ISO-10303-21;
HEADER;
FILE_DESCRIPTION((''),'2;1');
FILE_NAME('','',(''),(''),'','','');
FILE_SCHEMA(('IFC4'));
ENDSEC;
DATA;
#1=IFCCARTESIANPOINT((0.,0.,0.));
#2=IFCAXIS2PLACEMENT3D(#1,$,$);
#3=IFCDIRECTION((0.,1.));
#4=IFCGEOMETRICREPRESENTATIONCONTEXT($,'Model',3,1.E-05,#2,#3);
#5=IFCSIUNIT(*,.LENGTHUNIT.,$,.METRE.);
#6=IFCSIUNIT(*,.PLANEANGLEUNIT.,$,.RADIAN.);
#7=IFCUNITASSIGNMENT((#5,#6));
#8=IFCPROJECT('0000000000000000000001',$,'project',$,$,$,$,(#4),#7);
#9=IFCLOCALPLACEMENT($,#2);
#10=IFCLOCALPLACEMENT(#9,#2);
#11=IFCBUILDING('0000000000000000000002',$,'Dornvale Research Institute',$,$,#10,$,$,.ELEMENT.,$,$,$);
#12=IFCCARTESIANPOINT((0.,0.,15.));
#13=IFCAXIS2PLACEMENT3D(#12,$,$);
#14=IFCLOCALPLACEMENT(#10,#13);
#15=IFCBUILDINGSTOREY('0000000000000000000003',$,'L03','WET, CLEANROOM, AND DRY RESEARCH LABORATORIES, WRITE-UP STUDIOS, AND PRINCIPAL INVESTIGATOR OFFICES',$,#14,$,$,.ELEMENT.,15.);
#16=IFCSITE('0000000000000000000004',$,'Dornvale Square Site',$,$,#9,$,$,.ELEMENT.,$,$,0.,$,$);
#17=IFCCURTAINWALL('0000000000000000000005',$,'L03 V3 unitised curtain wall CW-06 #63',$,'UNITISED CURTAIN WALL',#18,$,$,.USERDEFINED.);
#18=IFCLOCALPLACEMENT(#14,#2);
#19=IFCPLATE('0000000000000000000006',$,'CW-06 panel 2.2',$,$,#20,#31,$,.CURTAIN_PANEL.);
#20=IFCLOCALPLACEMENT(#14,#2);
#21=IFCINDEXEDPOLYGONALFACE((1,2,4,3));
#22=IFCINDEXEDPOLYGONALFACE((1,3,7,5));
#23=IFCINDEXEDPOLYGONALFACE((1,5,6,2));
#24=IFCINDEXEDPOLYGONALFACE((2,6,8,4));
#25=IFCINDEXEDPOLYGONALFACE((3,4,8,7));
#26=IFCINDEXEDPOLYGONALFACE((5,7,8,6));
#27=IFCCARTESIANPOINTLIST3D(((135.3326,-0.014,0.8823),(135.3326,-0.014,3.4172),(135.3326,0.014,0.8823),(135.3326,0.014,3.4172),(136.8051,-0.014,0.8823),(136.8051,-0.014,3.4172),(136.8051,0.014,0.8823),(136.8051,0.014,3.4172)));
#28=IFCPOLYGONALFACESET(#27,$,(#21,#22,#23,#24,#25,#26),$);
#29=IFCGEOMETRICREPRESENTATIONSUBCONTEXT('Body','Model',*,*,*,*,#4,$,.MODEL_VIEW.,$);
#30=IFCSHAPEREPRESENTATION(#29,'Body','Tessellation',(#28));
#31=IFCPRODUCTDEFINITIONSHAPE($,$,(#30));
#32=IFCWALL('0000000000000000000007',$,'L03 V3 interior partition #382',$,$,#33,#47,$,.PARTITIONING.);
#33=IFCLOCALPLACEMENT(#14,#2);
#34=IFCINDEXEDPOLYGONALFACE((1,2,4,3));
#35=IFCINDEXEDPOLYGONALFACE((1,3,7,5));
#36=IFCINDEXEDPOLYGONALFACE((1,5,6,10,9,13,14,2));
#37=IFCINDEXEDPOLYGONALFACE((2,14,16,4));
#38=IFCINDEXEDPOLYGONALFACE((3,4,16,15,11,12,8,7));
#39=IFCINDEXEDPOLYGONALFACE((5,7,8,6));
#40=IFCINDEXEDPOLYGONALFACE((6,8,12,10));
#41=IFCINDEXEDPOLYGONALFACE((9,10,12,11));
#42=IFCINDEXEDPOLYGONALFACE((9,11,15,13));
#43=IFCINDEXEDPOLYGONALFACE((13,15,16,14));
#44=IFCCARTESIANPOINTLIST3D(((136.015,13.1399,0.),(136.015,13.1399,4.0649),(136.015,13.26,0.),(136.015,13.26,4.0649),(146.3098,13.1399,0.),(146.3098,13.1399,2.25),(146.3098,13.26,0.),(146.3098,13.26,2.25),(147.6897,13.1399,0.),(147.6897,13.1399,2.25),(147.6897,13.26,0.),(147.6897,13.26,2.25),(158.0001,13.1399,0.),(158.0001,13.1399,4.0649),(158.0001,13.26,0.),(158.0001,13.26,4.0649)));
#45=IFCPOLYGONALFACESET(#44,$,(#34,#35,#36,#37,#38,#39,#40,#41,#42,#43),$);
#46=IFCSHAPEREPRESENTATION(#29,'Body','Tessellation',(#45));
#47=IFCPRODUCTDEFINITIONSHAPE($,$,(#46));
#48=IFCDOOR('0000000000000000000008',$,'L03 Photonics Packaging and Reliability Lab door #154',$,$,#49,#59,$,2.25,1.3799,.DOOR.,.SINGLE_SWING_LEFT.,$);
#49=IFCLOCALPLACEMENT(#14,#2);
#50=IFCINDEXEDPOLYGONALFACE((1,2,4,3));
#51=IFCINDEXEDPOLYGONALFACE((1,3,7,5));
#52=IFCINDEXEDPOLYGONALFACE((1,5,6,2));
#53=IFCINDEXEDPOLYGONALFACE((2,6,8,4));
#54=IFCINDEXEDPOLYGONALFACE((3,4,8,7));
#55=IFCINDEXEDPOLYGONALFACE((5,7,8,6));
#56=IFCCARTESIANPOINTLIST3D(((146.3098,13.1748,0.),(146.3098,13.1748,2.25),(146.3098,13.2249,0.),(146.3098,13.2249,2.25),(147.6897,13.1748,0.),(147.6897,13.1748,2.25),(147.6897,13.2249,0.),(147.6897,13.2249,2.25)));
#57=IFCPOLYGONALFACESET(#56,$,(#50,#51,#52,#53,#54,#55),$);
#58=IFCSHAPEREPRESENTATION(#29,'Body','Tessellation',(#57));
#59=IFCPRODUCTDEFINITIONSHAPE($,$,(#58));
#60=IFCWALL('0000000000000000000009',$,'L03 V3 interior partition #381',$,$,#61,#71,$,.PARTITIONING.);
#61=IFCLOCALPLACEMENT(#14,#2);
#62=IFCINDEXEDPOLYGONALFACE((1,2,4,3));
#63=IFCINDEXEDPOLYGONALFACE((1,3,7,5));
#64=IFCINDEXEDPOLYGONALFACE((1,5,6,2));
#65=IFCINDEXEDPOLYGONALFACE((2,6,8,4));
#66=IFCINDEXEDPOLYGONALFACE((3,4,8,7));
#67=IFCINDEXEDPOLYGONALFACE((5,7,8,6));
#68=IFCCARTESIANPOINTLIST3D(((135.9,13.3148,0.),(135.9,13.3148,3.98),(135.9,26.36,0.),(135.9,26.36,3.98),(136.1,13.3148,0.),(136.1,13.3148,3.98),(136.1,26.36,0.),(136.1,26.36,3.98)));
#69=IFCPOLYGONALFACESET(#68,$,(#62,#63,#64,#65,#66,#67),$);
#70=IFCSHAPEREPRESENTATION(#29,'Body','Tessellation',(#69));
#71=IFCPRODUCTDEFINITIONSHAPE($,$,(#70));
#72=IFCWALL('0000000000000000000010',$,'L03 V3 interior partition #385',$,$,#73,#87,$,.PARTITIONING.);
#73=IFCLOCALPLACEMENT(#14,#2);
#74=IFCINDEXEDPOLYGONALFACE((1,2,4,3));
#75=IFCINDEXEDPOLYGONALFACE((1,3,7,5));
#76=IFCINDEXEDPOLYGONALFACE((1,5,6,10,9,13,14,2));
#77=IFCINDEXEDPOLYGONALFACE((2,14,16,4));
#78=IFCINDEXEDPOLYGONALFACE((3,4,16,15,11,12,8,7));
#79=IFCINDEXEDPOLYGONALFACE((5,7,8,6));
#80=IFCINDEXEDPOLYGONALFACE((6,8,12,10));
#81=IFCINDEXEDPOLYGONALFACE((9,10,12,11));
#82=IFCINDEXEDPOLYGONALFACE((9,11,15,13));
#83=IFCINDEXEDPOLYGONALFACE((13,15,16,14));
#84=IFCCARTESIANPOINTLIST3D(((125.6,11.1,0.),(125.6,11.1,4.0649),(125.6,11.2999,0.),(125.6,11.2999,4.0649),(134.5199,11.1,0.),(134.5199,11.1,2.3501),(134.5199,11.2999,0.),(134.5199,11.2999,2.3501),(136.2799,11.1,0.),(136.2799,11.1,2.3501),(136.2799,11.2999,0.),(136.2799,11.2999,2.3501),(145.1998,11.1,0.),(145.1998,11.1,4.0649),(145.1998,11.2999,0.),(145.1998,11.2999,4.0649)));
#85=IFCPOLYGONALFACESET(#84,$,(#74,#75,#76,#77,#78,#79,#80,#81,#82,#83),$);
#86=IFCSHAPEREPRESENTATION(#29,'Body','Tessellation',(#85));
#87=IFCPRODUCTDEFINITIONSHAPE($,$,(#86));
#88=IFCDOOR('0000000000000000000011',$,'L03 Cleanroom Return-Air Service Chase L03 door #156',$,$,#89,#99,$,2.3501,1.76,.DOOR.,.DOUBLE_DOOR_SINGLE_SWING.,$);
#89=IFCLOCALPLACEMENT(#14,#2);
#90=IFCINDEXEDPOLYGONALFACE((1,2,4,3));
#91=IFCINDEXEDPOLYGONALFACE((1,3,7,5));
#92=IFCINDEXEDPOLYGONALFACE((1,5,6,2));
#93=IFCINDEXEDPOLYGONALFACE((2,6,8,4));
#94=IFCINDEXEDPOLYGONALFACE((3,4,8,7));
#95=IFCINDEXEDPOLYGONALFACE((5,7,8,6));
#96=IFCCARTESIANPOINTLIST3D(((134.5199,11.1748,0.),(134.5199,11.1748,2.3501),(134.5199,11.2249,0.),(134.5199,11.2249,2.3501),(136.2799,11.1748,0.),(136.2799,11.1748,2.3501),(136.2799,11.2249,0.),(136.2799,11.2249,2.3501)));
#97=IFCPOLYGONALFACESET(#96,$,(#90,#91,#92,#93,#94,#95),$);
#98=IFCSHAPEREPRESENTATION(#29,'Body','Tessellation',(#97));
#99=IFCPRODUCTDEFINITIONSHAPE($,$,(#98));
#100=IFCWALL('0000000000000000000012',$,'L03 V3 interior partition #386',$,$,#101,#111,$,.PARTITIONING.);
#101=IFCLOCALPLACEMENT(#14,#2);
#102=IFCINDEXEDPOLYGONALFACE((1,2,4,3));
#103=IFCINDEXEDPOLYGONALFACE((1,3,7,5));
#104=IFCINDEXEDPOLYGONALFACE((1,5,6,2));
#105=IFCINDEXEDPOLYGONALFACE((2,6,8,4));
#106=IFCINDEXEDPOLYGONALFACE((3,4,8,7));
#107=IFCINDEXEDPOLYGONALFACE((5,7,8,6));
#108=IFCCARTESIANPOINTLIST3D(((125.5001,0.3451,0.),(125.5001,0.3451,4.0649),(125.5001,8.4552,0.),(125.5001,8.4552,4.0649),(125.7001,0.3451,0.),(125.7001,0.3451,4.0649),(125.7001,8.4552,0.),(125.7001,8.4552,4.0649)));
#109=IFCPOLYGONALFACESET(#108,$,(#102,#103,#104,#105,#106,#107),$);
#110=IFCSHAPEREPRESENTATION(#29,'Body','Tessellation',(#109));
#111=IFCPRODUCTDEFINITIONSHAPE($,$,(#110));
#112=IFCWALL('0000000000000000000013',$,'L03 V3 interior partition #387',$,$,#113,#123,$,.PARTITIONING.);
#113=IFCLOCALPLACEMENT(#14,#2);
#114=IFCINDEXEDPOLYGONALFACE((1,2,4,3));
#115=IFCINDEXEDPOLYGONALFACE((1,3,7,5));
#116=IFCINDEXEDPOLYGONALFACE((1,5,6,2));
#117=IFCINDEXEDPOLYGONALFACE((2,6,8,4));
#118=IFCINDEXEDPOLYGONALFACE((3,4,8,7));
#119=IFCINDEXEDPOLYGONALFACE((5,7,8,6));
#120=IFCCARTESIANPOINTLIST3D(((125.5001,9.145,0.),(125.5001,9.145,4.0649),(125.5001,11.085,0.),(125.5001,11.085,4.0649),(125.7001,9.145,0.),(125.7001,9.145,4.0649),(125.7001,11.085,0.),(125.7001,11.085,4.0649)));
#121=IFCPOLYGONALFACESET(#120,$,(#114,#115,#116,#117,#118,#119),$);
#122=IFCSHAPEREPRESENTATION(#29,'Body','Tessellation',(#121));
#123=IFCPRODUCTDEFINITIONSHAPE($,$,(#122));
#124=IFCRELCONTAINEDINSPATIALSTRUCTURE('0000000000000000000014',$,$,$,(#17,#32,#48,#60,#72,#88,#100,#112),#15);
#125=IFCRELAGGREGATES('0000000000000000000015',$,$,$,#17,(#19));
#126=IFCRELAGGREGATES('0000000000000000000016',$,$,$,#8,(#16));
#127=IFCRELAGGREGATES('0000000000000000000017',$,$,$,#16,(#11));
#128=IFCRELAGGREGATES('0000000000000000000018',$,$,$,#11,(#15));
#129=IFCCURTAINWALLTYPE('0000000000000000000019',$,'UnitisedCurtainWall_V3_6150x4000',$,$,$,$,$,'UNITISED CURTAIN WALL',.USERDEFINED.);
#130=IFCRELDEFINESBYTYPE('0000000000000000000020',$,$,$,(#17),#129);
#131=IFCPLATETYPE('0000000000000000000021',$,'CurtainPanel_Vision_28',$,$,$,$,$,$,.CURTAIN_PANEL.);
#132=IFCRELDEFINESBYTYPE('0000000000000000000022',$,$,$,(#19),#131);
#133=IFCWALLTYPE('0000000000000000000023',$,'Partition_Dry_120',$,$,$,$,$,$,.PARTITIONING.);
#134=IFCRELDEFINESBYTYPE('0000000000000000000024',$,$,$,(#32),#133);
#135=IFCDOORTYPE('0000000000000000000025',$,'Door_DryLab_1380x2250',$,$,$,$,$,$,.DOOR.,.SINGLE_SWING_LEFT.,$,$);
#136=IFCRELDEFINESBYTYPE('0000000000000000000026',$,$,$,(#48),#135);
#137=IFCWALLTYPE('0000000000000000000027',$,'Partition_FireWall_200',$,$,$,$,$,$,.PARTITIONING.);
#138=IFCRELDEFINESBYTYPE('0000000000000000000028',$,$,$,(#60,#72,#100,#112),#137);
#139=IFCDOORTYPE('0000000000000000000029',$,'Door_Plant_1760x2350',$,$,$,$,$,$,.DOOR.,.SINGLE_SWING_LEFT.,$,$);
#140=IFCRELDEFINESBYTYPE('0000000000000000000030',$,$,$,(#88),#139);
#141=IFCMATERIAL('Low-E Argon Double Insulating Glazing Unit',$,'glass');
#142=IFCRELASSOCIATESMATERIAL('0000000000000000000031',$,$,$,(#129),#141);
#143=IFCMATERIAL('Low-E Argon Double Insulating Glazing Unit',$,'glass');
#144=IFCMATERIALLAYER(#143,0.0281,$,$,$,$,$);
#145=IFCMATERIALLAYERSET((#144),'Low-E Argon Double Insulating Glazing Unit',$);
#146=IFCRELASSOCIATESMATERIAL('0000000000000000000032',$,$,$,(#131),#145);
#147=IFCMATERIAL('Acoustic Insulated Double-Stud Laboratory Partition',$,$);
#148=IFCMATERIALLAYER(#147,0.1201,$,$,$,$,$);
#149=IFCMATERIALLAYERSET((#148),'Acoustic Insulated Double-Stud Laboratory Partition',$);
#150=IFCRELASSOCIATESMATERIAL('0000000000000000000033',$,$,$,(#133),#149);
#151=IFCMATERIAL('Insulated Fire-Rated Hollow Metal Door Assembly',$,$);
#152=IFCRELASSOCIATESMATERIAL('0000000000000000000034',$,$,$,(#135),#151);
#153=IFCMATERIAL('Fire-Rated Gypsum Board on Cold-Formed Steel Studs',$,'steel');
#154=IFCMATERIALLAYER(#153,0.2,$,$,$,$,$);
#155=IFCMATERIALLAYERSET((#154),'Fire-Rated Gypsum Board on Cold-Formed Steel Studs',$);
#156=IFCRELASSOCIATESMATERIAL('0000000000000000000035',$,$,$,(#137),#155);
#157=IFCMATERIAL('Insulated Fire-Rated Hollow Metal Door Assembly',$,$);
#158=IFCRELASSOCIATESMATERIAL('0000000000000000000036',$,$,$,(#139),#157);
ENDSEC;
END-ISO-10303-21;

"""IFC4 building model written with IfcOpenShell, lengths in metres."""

from ifc_helpers import new_model, si_unit, direction, frame, frame_2d, origin, origin_2d, place, context, subcontext, project, spatial, rectangle, extrude, material, layer, layer_set, type_object, element, fill, aggregate, save


model = new_model("IFC4")

# Units and contexts
model_context = context("Model", 3, precision=1e-05, world=origin(), true_north=direction((0.0, 1.0)))
body_context = subcontext(model_context, "Body", "Model", "MODEL_VIEW")
ifc_project = project(units=[si_unit("LENGTHUNIT", "METRE"), si_unit("PLANEANGLEUNIT", "RADIAN")], contexts=[model_context])

# Site, building, storey
site_placement = place(None, origin())
site = spatial("IfcSite", under=ifc_project, at=site_placement, Name="Dornvale Square Site", CompositionType="ELEMENT", RefElevation=0.0)
building_placement = place(site_placement, origin())
building = spatial("IfcBuilding", under=site, at=building_placement, Name="Dornvale Research Institute", CompositionType="ELEMENT")
storey_placement = place(building_placement, frame((0.0, 0.0, 15.0)))
storey = spatial("IfcBuildingStorey", under=building, at=storey_placement, Name="L03", Description="WET, CLEANROOM, AND DRY RESEARCH LABORATORIES, WRITE-UP STUDIOS, AND PRINCIPAL INVESTIGATOR OFFICES", CompositionType="ELEMENT", Elevation=15.0)

# Curtain wall, plate
ifc_material_1 = material(Name="Low-E Argon Double Insulating Glazing Unit", Category="glass")
curtain_wall_type = type_object("IfcCurtainWallType", Name="UnitisedCurtainWall_V3_6150x4000", ElementType="UNITISED CURTAIN WALL", PredefinedType="USERDEFINED", material=ifc_material_1)
curtain_wall_placement = place(storey_placement, origin())
curtain_wall = element("IfcCurtainWall", 1, at=curtain_wall_placement, inside=storey, type_object=curtain_wall_type, Name="L03 V3 unitised curtain wall CW-06 #63", ObjectType="UNITISED CURTAIN WALL", PredefinedType="USERDEFINED")
ifc_material_2 = material(Name="Low-E Argon Double Insulating Glazing Unit", Category="glass")
ifc_layer_1 = layer(ifc_material_2, 0.0281)
ifc_layer_set_1 = layer_set([ifc_layer_1], Name="Low-E Argon Double Insulating Glazing Unit")
plate_type_1 = type_object("IfcPlateType", Name="CurtainPanel_Vision_28", PredefinedType="CURTAIN_PANEL", material=ifc_layer_set_1)
plate_1_placement = place(storey_placement, frame((136.0688, 0.0, 0.8823), z_axis=(0.0, 0.0, 1.0), x_axis=(-1.0, 0.0, 0.0)))
plate_1 = element("IfcPlate", 2, at=plate_1_placement, type_object=plate_type_1, Name="CW-06 panel 2.2", PredefinedType="CURTAIN_PANEL", context=body_context, shape_type="SweptSolid", body=[
    extrude(rectangle(XDim=1.4724, YDim=0.0281, at=origin_2d()), origin(), (0.0, 0.0, 1.0), 2.5349),
])
aggregate(curtain_wall, [plate_1])

# Wall, opening, door
ifc_material_3 = material(Name="Acoustic Insulated Double-Stud Laboratory Partition")
ifc_layer_2 = layer(ifc_material_3, 0.1201)
ifc_layer_set_2 = layer_set([ifc_layer_2], Name="Acoustic Insulated Double-Stud Laboratory Partition")
wall_type_1 = type_object("IfcWallType", Name="Partition_Dry_120", PredefinedType="PARTITIONING", material=ifc_layer_set_2)
wall_1_placement = place(storey_placement, frame((136.0149, 13.2, 0.0), z_axis=(0.0, 0.0, 1.0), x_axis=(1.0, 0.0, 0.0)))
wall_1 = element("IfcWall", 3, at=wall_1_placement, inside=storey, type_object=wall_type_1, Name="L03 V3 interior partition #382", PredefinedType="PARTITIONING", context=body_context, shape_type="SweptSolid", body=[
    extrude(rectangle(XDim=21.9851, YDim=0.1201, at=frame_2d((10.9927, 0.0))), origin(), (0.0, 0.0, 1.0), 4.0649),
])
opening_1_placement = place(wall_1_placement, frame((10.2949, 0.0, 0.0)))
opening_1 = element("IfcOpeningElement", 4, at=opening_1_placement, cuts=wall_1, PredefinedType="OPENING", context=body_context, shape_type="SweptSolid", body=[
    extrude(rectangle(XDim=1.3799, YDim=2.25, at=frame_2d((0.6899, 1.125))), frame((0.0, 0.075, 0.0), z_axis=(0.0, -1.0, 0.0), x_axis=(1.0, 0.0, 0.0)), (0.0, 0.0, 1.0), 0.1501),
])
ifc_material_4 = material(Name="Insulated Fire-Rated Hollow Metal Door Assembly")
door_type_1 = type_object("IfcDoorType", Name="Door_DryLab_1380x2250", OperationType="SINGLE_SWING_LEFT", PredefinedType="DOOR", material=ifc_material_4)
door_1_placement = place(opening_1_placement, origin())
door_1 = element("IfcDoor", 5, at=door_1_placement, inside=storey, type_object=door_type_1, Name="L03 Photonics Packaging and Reliability Lab door #154", OperationType="SINGLE_SWING_LEFT", OverallHeight=2.25, OverallWidth=1.3799, PredefinedType="DOOR", context=body_context, shape_type="SweptSolid", body=[
    extrude(rectangle(XDim=1.3799, YDim=2.25, at=frame_2d((0.6899, 1.125))), frame((0.0, 0.0249, 0.0), z_axis=(0.0, -1.0, 0.0), x_axis=(1.0, 0.0, 0.0)), (0.0, 0.0, 1.0), 0.05),
])
fill(opening_1, door_1)

# Wall
ifc_material_5 = material(Name="Fire-Rated Gypsum Board on Cold-Formed Steel Studs", Category="steel")
ifc_layer_3 = layer(ifc_material_5, 0.2)
ifc_layer_set_3 = layer_set([ifc_layer_3], Name="Fire-Rated Gypsum Board on Cold-Formed Steel Studs")
wall_type_2 = type_object("IfcWallType", Name="Partition_FireWall_200", PredefinedType="PARTITIONING", material=ifc_layer_set_3)
wall_2_placement = place(storey_placement, frame((136.0, 13.3149, 0.0), z_axis=(0.0, 0.0, 1.0), x_axis=(0.0, 1.0, 0.0)))
element("IfcWall", 6, at=wall_2_placement, inside=storey, type_object=wall_type_2, Name="L03 V3 interior partition #381", PredefinedType="PARTITIONING", context=body_context, shape_type="SweptSolid", body=[
    extrude(rectangle(XDim=13.0452, YDim=0.2, at=frame_2d((6.5225, 0.0))), origin(), (0.0, 0.0, 1.0), 3.98),
])

# Wall, opening, door
wall_3_placement = place(storey_placement, frame((125.6001, 11.2, 0.0), z_axis=(0.0, 0.0, 1.0), x_axis=(1.0, 0.0, 0.0)))
wall_3 = element("IfcWall", 7, at=wall_3_placement, inside=storey, type_object=wall_type_2, Name="L03 V3 interior partition #385", PredefinedType="PARTITIONING", context=body_context, shape_type="SweptSolid", body=[
    extrude(rectangle(XDim=19.5999, YDim=0.2, at=frame_2d((9.7998, 0.0))), origin(), (0.0, 0.0, 1.0), 4.0649),
])
opening_2_placement = place(wall_3_placement, frame((8.9199, 0.0, 0.0)))
opening_2 = element("IfcOpeningElement", 8, at=opening_2_placement, cuts=wall_3, PredefinedType="OPENING", context=body_context, shape_type="SweptSolid", body=[
    extrude(rectangle(XDim=1.76, YDim=2.3501, at=frame_2d((0.8799, 1.175))), frame((0.0, 0.115, 0.0), z_axis=(0.0, -1.0, 0.0), x_axis=(1.0, 0.0, 0.0)), (0.0, 0.0, 1.0), 0.23),
])
ifc_material_6 = material(Name="Insulated Fire-Rated Hollow Metal Door Assembly")
door_type_2 = type_object("IfcDoorType", Name="Door_Plant_1760x2350", OperationType="SINGLE_SWING_LEFT", PredefinedType="DOOR", material=ifc_material_6)
door_2_placement = place(opening_2_placement, origin())
door_2 = element("IfcDoor", 9, at=door_2_placement, inside=storey, type_object=door_type_2, Name="L03 Cleanroom Return-Air Service Chase L03 door #156", OperationType="DOUBLE_DOOR_SINGLE_SWING", OverallHeight=2.3501, OverallWidth=1.76, PredefinedType="DOOR", context=body_context, shape_type="SweptSolid", body=[
    extrude(rectangle(XDim=1.76, YDim=2.3501, at=frame_2d((0.8799, 1.175))), frame((0.0, 0.0249, 0.0), z_axis=(0.0, -1.0, 0.0), x_axis=(1.0, 0.0, 0.0)), (0.0, 0.0, 1.0), 0.05),
])
fill(opening_2, door_2)

# Walls
wall_4_placement = place(storey_placement, frame((125.6001, 0.345, 0.0), z_axis=(0.0, 0.0, 1.0), x_axis=(0.0, 1.0, 0.0)))
element("IfcWall", 10, at=wall_4_placement, inside=storey, type_object=wall_type_2, Name="L03 V3 interior partition #386", PredefinedType="PARTITIONING", context=body_context, shape_type="SweptSolid", body=[
    extrude(rectangle(XDim=8.1101, YDim=0.2, at=frame_2d((4.0552, 0.0))), origin(), (0.0, 0.0, 1.0), 4.0649),
])
wall_5_placement = place(storey_placement, frame((125.6001, 9.145, 0.0), z_axis=(0.0, 0.0, 1.0), x_axis=(0.0, 1.0, 0.0)))
element("IfcWall", 11, at=wall_5_placement, inside=storey, type_object=wall_type_2, Name="L03 V3 interior partition #387", PredefinedType="PARTITIONING", context=body_context, shape_type="SweptSolid", body=[
    extrude(rectangle(XDim=1.9399, YDim=0.2, at=frame_2d((0.97, 0.0))), origin(), (0.0, 0.0, 1.0), 4.0649),
])

save(model, "model.ifc")
